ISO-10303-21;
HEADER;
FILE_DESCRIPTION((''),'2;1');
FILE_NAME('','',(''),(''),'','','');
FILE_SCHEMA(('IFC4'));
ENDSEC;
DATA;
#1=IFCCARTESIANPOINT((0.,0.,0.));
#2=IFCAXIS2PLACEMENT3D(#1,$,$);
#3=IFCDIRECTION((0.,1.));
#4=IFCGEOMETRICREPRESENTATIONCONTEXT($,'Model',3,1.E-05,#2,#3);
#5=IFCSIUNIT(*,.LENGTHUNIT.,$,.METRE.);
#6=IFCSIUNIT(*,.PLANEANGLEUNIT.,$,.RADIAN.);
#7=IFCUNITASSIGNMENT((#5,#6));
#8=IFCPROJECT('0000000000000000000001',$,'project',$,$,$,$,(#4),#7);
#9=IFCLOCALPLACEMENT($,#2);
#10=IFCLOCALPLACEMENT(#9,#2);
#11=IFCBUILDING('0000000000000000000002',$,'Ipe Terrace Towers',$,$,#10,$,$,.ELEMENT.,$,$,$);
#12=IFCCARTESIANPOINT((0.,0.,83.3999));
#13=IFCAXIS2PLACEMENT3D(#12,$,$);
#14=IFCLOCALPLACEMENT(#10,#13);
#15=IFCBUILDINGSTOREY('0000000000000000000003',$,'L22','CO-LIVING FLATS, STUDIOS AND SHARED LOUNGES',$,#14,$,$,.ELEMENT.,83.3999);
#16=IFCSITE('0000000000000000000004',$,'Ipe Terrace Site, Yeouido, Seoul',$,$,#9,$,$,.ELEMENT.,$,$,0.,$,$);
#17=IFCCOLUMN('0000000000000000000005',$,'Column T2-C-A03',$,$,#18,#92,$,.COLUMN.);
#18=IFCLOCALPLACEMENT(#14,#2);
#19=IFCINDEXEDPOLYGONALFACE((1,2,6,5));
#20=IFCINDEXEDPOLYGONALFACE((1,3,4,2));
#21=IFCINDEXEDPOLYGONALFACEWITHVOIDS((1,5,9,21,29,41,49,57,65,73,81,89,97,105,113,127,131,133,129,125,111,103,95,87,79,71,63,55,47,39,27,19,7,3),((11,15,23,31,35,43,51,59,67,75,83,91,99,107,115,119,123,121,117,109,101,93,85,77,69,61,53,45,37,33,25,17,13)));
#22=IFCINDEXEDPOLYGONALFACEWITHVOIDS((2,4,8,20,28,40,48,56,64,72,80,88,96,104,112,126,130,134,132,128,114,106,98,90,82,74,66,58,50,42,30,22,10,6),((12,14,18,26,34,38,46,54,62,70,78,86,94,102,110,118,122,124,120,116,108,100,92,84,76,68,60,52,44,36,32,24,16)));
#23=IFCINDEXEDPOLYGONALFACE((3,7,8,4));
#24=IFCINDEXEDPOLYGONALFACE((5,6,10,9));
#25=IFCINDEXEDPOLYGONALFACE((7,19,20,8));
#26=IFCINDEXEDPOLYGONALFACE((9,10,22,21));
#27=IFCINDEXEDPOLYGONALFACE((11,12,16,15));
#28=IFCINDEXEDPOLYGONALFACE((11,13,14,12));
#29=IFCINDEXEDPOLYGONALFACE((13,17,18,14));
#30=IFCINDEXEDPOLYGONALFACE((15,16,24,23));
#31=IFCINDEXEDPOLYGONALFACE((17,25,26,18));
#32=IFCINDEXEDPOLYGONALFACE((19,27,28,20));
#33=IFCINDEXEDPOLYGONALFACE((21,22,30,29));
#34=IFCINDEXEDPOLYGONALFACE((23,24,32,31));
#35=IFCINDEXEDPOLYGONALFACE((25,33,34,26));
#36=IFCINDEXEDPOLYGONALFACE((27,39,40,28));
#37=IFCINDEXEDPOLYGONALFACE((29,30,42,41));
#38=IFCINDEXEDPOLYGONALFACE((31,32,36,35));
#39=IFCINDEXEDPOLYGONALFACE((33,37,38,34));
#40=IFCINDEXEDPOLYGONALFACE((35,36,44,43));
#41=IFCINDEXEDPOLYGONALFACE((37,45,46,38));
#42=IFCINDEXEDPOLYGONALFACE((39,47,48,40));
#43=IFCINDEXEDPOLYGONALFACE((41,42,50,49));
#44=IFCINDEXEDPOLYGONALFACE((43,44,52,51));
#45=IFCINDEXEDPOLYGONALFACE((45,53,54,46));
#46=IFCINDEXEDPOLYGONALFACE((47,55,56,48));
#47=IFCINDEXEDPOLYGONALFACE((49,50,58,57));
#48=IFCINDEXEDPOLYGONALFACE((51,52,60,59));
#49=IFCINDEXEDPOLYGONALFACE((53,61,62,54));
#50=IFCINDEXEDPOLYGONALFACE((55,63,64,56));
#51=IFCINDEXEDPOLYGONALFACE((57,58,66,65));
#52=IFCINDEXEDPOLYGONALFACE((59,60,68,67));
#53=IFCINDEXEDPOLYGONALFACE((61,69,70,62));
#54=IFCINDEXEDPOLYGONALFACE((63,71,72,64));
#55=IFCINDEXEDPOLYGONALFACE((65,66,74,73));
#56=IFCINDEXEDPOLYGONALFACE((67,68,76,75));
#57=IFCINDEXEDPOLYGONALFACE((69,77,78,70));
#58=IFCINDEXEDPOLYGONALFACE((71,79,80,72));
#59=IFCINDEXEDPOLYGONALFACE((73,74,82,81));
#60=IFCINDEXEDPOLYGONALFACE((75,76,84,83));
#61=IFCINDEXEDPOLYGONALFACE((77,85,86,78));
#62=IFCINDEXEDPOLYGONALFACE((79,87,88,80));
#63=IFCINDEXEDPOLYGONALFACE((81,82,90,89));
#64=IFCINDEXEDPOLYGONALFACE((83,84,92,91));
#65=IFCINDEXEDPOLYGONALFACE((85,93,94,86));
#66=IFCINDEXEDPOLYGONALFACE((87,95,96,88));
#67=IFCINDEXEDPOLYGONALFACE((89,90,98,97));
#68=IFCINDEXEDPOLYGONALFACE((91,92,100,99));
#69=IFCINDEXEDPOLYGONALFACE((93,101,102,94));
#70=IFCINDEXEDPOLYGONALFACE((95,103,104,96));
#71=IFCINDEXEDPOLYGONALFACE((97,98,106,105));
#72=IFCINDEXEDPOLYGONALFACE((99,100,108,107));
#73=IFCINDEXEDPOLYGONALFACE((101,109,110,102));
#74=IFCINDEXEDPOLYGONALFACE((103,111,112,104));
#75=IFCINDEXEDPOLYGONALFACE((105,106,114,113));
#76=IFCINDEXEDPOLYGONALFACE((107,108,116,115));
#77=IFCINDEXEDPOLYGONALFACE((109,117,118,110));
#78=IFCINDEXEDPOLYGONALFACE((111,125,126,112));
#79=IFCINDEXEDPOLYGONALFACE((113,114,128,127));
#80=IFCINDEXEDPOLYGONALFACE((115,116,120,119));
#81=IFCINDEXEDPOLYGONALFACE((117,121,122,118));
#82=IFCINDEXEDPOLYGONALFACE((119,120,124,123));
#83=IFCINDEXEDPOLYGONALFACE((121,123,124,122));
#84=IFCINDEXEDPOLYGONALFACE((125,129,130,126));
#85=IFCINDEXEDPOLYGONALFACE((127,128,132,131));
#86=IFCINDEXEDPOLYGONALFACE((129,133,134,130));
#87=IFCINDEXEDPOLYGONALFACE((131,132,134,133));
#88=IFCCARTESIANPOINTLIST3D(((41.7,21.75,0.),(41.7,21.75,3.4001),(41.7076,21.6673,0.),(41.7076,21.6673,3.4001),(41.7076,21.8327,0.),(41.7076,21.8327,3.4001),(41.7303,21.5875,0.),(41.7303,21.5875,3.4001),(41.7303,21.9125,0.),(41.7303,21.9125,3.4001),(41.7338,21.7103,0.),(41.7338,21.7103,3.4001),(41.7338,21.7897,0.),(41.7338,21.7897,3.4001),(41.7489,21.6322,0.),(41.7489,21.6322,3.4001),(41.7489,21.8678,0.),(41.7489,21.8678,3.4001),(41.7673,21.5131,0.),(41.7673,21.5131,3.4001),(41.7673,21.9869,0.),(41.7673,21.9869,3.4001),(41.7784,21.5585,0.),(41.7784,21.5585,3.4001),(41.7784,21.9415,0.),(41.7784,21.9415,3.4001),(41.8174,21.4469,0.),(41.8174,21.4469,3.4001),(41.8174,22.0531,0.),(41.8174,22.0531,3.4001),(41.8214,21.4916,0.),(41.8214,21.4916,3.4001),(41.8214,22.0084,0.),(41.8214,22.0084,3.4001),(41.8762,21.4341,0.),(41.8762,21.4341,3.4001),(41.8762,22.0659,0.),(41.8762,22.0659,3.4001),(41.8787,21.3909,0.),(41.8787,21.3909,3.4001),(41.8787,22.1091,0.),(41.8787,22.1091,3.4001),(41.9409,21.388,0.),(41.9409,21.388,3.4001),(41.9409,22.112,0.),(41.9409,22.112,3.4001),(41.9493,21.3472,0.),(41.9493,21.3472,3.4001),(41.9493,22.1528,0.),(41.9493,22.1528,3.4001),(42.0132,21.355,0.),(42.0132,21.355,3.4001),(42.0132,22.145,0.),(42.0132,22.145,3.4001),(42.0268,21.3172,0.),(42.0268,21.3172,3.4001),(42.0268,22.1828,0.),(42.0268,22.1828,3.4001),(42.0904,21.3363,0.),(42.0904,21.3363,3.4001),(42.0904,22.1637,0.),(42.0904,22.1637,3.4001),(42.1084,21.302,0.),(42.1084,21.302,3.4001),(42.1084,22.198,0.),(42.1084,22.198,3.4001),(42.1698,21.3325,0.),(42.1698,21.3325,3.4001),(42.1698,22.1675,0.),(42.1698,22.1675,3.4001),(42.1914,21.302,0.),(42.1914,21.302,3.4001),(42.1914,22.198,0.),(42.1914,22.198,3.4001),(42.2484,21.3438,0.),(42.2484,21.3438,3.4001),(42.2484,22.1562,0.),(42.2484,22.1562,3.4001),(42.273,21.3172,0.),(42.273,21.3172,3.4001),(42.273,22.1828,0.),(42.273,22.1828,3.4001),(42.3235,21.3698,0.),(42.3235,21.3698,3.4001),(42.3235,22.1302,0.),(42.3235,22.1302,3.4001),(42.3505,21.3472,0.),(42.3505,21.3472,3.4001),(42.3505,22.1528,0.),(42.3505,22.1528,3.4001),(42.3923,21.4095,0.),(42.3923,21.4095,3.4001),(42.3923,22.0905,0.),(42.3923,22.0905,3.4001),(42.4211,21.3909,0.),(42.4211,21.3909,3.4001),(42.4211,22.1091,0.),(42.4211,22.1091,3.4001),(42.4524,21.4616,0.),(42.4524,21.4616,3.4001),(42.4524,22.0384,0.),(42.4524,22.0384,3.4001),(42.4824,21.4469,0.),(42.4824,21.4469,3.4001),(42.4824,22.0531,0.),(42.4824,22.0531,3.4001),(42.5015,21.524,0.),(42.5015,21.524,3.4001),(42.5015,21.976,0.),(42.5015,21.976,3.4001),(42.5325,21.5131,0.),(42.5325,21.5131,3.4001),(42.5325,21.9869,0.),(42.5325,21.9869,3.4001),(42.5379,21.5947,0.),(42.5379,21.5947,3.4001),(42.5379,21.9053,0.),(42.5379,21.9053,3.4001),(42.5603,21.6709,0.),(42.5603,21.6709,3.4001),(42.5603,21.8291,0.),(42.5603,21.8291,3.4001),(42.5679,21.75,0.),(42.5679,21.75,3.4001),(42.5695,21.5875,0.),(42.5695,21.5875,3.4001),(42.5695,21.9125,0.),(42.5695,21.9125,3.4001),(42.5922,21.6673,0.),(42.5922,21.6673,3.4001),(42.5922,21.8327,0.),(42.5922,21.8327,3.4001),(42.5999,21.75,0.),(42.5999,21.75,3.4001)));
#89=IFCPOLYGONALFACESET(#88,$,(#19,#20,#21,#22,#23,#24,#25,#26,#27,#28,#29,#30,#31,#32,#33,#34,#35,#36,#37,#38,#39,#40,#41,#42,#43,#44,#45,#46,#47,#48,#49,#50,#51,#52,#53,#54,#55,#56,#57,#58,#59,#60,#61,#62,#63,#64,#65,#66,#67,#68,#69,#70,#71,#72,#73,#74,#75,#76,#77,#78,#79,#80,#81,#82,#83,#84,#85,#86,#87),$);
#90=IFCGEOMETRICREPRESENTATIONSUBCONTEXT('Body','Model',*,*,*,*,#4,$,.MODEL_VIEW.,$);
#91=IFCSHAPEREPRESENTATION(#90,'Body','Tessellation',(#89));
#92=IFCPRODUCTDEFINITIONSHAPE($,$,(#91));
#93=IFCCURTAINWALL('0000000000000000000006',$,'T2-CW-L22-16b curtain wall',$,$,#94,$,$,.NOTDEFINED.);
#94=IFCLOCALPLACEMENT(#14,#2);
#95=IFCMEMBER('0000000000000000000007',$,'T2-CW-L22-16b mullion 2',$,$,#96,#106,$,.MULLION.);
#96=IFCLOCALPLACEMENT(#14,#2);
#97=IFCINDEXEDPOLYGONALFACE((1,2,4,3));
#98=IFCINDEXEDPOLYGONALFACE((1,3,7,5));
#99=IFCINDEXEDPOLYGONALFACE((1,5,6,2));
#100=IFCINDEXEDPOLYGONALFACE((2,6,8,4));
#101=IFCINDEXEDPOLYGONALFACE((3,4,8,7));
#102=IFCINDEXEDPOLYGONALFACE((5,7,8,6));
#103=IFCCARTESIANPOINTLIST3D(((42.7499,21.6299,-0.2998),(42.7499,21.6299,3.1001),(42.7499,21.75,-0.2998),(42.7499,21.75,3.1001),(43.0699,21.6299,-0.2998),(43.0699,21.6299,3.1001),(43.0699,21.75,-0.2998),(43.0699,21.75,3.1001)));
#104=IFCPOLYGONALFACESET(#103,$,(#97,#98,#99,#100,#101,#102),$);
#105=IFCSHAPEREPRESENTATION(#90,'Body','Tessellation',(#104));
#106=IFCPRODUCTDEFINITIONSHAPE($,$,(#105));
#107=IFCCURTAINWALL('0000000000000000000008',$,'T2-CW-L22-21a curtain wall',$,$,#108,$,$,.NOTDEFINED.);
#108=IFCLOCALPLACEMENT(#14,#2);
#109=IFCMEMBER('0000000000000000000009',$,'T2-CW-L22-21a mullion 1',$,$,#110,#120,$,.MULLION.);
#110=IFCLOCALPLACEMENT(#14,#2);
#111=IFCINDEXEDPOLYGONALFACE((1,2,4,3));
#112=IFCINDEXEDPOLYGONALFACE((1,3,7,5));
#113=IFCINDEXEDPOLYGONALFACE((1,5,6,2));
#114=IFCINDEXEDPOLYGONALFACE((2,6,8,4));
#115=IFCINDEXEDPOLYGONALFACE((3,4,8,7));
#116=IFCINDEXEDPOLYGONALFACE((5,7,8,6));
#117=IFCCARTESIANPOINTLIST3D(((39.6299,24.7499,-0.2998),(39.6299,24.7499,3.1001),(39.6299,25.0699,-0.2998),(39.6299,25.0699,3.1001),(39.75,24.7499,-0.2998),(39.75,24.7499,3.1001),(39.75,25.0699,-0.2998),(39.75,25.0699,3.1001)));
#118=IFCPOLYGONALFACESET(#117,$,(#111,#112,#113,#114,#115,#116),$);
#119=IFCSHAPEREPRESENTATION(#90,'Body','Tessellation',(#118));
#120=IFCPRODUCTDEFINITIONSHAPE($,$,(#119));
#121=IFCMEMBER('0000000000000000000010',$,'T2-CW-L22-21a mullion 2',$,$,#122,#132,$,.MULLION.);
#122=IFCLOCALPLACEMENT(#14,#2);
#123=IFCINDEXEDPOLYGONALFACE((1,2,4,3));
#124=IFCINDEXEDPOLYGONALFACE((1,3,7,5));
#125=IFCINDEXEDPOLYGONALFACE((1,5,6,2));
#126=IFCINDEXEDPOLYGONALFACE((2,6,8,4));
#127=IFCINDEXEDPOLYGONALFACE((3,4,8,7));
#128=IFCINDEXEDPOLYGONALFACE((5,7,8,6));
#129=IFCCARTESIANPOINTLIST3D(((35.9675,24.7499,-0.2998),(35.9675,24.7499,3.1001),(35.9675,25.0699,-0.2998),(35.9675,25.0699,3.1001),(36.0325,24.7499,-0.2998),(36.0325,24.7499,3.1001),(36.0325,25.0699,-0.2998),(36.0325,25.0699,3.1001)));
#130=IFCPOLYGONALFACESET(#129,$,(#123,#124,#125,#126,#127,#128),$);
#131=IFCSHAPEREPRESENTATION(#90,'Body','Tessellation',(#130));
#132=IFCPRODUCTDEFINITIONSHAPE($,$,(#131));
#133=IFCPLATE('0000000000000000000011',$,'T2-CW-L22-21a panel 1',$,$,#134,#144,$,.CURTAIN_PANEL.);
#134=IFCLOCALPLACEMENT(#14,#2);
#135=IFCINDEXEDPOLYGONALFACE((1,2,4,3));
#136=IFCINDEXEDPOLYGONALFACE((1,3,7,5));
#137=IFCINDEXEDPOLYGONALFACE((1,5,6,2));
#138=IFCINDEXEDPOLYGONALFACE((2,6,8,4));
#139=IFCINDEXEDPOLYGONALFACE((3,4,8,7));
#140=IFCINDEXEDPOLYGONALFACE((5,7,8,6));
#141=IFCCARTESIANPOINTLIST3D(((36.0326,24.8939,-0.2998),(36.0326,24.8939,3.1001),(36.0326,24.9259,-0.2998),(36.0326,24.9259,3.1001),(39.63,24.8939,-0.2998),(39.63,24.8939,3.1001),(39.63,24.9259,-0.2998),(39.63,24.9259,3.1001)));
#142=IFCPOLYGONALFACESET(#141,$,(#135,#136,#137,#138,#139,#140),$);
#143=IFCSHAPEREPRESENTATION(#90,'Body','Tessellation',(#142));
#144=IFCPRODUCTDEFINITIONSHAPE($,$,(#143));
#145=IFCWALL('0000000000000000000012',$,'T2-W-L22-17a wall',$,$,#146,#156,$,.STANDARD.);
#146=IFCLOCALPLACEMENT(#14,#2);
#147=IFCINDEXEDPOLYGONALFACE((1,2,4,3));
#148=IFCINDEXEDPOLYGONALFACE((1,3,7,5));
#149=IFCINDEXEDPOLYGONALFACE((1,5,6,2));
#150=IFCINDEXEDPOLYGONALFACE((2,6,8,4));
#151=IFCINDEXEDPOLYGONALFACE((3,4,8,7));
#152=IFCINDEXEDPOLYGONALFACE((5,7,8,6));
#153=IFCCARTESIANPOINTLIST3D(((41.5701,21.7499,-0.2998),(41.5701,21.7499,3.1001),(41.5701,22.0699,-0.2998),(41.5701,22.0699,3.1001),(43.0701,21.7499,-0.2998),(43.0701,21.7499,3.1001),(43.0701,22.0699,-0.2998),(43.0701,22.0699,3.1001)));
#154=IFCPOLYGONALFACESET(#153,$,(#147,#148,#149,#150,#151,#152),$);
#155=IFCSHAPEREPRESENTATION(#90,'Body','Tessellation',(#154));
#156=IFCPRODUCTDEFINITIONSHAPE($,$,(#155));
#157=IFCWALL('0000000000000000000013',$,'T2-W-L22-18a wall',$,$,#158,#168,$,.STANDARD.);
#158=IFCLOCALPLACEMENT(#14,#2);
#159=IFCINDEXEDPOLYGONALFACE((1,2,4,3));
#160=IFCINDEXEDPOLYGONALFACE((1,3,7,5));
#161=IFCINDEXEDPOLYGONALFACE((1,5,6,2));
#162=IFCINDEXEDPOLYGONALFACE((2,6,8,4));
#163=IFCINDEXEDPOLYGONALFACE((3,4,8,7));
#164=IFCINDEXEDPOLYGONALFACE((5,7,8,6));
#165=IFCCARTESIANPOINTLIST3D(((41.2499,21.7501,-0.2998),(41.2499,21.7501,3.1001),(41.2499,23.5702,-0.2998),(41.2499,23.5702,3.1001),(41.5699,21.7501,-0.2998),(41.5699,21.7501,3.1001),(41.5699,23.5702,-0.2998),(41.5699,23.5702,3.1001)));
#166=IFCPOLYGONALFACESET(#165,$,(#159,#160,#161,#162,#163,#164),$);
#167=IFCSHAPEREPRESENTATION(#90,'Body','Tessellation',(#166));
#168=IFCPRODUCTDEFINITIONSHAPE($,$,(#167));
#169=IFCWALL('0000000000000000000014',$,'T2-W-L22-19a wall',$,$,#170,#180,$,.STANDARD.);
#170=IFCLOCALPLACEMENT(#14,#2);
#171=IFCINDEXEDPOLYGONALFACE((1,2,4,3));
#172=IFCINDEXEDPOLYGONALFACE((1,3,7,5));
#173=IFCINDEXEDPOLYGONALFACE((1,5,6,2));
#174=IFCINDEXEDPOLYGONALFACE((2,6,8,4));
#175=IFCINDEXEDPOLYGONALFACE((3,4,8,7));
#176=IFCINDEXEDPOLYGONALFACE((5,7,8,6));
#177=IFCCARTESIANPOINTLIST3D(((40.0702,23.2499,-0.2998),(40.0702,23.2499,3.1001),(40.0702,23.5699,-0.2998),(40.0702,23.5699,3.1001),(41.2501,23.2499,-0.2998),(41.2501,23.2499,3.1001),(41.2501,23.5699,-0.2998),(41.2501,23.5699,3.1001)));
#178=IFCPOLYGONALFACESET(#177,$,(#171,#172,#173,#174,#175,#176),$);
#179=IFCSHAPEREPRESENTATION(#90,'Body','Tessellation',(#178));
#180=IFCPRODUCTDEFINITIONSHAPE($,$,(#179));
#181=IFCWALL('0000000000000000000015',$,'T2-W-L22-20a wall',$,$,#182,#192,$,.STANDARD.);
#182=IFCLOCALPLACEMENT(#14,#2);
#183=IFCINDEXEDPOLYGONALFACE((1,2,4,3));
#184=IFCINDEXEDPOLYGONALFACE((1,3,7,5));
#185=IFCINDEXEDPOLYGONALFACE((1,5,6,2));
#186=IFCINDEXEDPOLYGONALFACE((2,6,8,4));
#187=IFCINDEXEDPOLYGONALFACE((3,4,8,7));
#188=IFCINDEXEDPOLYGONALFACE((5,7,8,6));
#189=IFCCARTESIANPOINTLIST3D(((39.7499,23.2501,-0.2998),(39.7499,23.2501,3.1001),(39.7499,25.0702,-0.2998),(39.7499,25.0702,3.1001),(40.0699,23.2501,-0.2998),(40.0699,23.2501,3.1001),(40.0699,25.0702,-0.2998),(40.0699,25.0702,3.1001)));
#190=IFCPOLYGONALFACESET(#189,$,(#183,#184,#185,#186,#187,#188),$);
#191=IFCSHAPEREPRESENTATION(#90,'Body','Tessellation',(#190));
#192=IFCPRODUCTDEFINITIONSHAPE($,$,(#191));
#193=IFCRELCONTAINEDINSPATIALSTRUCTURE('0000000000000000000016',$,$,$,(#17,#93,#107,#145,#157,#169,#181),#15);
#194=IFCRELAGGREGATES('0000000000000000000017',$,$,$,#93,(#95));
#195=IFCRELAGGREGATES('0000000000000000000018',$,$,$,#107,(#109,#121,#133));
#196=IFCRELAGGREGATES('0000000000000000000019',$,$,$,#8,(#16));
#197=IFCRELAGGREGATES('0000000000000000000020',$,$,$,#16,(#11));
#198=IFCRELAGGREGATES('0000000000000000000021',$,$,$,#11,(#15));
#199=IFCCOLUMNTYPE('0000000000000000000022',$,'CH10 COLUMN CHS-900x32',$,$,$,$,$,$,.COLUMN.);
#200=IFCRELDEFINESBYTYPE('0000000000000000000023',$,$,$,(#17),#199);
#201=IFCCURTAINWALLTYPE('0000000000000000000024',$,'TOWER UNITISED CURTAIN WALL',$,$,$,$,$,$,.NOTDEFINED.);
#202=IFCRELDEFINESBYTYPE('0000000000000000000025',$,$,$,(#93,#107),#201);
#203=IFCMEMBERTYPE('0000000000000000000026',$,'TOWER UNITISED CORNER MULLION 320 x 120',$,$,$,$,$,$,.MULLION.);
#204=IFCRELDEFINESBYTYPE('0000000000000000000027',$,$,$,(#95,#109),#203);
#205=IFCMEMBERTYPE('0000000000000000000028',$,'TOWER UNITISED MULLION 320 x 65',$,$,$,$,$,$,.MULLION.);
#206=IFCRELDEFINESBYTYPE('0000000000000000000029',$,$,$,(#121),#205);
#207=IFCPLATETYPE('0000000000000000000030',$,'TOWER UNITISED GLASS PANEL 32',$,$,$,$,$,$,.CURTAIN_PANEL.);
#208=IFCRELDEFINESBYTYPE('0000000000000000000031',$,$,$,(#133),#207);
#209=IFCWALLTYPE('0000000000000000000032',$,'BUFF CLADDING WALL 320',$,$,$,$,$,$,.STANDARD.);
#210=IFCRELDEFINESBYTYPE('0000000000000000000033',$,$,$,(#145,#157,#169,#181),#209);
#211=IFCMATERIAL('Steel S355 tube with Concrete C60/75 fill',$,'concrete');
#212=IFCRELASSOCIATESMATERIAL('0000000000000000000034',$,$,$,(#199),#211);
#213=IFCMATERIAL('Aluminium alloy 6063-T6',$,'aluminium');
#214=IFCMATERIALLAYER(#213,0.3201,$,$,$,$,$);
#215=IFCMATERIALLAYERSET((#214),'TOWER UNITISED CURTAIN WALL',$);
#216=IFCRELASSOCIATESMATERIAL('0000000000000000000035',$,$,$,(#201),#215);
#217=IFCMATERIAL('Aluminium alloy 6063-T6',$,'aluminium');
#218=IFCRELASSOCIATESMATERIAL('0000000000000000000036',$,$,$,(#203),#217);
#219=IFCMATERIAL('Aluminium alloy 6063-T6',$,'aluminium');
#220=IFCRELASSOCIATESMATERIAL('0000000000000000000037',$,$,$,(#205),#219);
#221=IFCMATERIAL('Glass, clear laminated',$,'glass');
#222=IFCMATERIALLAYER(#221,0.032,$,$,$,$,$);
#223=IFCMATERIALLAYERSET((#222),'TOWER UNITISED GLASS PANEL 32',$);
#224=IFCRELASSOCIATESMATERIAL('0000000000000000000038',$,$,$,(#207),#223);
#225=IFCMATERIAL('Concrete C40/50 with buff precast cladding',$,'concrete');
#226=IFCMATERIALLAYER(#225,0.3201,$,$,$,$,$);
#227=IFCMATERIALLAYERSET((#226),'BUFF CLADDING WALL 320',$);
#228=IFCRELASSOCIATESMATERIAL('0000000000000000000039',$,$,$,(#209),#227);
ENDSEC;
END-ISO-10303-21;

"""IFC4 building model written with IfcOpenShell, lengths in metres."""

from ifc_helpers import new_model, si_unit, direction, frame, frame_2d, origin, origin_2d, place, context, subcontext, project, spatial, rectangle, hollow_circle, extrude, material, layer, layer_set, material_profile, profile_set, type_object, element, aggregate, save


model = new_model("IFC4")

# Units and contexts
model_context = context("Model", 3, precision=1e-05, world=origin(), true_north=direction((0.0, 1.0)))
body_context = subcontext(model_context, "Body", "Model", "MODEL_VIEW")
ifc_project = project(units=[si_unit("LENGTHUNIT", "METRE"), si_unit("PLANEANGLEUNIT", "RADIAN")], contexts=[model_context])

# Site, building, storey
site_placement = place(None, origin())
site = spatial("IfcSite", under=ifc_project, at=site_placement, Name="Ipe Terrace Site, Yeouido, Seoul", CompositionType="ELEMENT", RefElevation=0.0)
building_placement = place(site_placement, origin())
building = spatial("IfcBuilding", under=site, at=building_placement, Name="Ipe Terrace Towers", CompositionType="ELEMENT")
storey_placement = place(building_placement, frame((0.0, 0.0, 83.3999)))
storey = spatial("IfcBuildingStorey", under=building, at=storey_placement, Name="L22", Description="CO-LIVING FLATS, STUDIOS AND SHARED LOUNGES", CompositionType="ELEMENT", Elevation=83.3999)

# Column
ifc_material_1 = material(Name="Steel S355 tube with Concrete C60/75 fill", Category="concrete")
ifc_material_profile_1 = material_profile(ifc_material_1, hollow_circle(Radius=0.45, WallThickness=0.032, at=origin_2d()), Name="CHS-900x32")
ifc_profile_set_1 = profile_set([ifc_material_profile_1], Name="Steel S355 tube with Concrete C60/75 fill")
column_type = type_object("IfcColumnType", Name="CH10 COLUMN CHS-900x32", PredefinedType="COLUMN", material=ifc_profile_set_1)
column_placement = place(storey_placement, frame((42.1499, 21.75, 0.0), z_axis=(0.0, 0.0, 1.0), x_axis=(1.0, 0.0, 0.0)))
element("IfcColumn", 1, at=column_placement, inside=storey, type_object=column_type, Name="Column T2-C-A03", PredefinedType="COLUMN", context=body_context, shape_type="SweptSolid", body=[
    extrude(hollow_circle(Radius=0.45, WallThickness=0.032, at=origin_2d()), origin(), (0.0, 0.0, 1.0), 3.4001),
])

# Curtain wall, member
ifc_material_2 = material(Name="Aluminium alloy 6063-T6", Category="aluminium")
ifc_layer_1 = layer(ifc_material_2, 0.3201)
ifc_layer_set_1 = layer_set([ifc_layer_1], Name="TOWER UNITISED CURTAIN WALL")
curtain_wall_type = type_object("IfcCurtainWallType", Name="TOWER UNITISED CURTAIN WALL", PredefinedType="NOTDEFINED", material=ifc_layer_set_1)
curtain_wall_1_placement = place(storey_placement, origin())
curtain_wall_1 = element("IfcCurtainWall", 2, at=curtain_wall_1_placement, inside=storey, type_object=curtain_wall_type, Name="T2-CW-L22-16b curtain wall", PredefinedType="NOTDEFINED")
ifc_material_3 = material(Name="Aluminium alloy 6063-T6", Category="aluminium")
ifc_material_profile_2 = material_profile(ifc_material_3, rectangle(XDim=0.3201, YDim=0.1201, at=origin_2d()), Name="TOWER UNITISED CORNER MULLION 320 x 120")
ifc_profile_set_2 = profile_set([ifc_material_profile_2], Name="Aluminium alloy 6063-T6")
member_type_1 = type_object("IfcMemberType", Name="TOWER UNITISED CORNER MULLION 320 x 120", PredefinedType="MULLION", material=ifc_profile_set_2)
member_1_placement = place(storey_placement, frame((42.9099, 21.6899, -0.2998), z_axis=(0.0, 0.0, 1.0), x_axis=(1.0, 0.0, 0.0)))
member_1 = element("IfcMember", 3, at=member_1_placement, type_object=member_type_1, Name="T2-CW-L22-16b mullion 2", PredefinedType="MULLION", context=body_context, shape_type="SweptSolid", body=[
    extrude(rectangle(XDim=0.3201, YDim=0.1201, at=origin_2d()), origin(), (0.0, 0.0, 1.0), 3.3999),
])
aggregate(curtain_wall_1, [member_1])

# Curtain wall, members, plate
curtain_wall_2_placement = place(storey_placement, origin())
curtain_wall_2 = element("IfcCurtainWall", 4, at=curtain_wall_2_placement, inside=storey, type_object=curtain_wall_type, Name="T2-CW-L22-21a curtain wall", PredefinedType="NOTDEFINED")
member_2_placement = place(storey_placement, frame((39.6899, 24.9099, -0.2998), z_axis=(0.0, 0.0, 1.0), x_axis=(0.0, 1.0, 0.0)))
member_2 = element("IfcMember", 5, at=member_2_placement, type_object=member_type_1, Name="T2-CW-L22-21a mullion 1", PredefinedType="MULLION", context=body_context, shape_type="SweptSolid", body=[
    extrude(rectangle(XDim=0.3201, YDim=0.1201, at=origin_2d()), origin(), (0.0, 0.0, 1.0), 3.3999),
])
ifc_material_4 = material(Name="Aluminium alloy 6063-T6", Category="aluminium")
ifc_material_profile_3 = material_profile(ifc_material_4, rectangle(XDim=0.3201, YDim=0.0649, at=origin_2d()), Name="TOWER UNITISED MULLION 320 x 65")
ifc_profile_set_3 = profile_set([ifc_material_profile_3], Name="Aluminium alloy 6063-T6")
member_type_2 = type_object("IfcMemberType", Name="TOWER UNITISED MULLION 320 x 65", PredefinedType="MULLION", material=ifc_profile_set_3)
member_3_placement = place(storey_placement, frame((36.0, 24.9099, -0.2998), z_axis=(0.0, 0.0, 1.0), x_axis=(0.0, 1.0, 0.0)))
member_3 = element("IfcMember", 6, at=member_3_placement, type_object=member_type_2, Name="T2-CW-L22-21a mullion 2", PredefinedType="MULLION", context=body_context, shape_type="SweptSolid", body=[
    extrude(rectangle(XDim=0.3201, YDim=0.0649, at=origin_2d()), origin(), (0.0, 0.0, 1.0), 3.3999),
])
ifc_material_5 = material(Name="Glass, clear laminated", Category="glass")
ifc_layer_2 = layer(ifc_material_5, 0.032)
ifc_layer_set_2 = layer_set([ifc_layer_2], Name="TOWER UNITISED GLASS PANEL 32")
plate_type = type_object("IfcPlateType", Name="TOWER UNITISED GLASS PANEL 32", PredefinedType="CURTAIN_PANEL", material=ifc_layer_set_2)
plate_placement = place(storey_placement, frame((37.8313, 24.9099, -0.2998), z_axis=(0.0, 0.0, 1.0), x_axis=(-1.0, 0.0, 0.0)))
plate = element("IfcPlate", 7, at=plate_placement, type_object=plate_type, Name="T2-CW-L22-21a panel 1", PredefinedType="CURTAIN_PANEL", context=body_context, shape_type="SweptSolid", body=[
    extrude(rectangle(XDim=3.5974, YDim=0.032, at=origin_2d()), origin(), (0.0, 0.0, 1.0), 3.3999),
])
aggregate(curtain_wall_2, [member_2, member_3, plate])

# Walls
ifc_material_6 = material(Name="Concrete C40/50 with buff precast cladding", Category="concrete")
ifc_layer_3 = layer(ifc_material_6, 0.3201)
ifc_layer_set_3 = layer_set([ifc_layer_3], Name="BUFF CLADDING WALL 320")
wall_type_1 = type_object("IfcWallType", Name="BUFF CLADDING WALL 320", PredefinedType="STANDARD", material=ifc_layer_set_3)
wall_1_placement = place(storey_placement, frame((43.0701, 21.9099, -0.2998), z_axis=(0.0, 0.0, 1.0), x_axis=(-1.0, 0.0, 0.0)))
element("IfcWall", 8, at=wall_1_placement, inside=storey, type_object=wall_type_1, Name="T2-W-L22-17a wall", PredefinedType="STANDARD", context=body_context, shape_type="SweptSolid", body=[
    extrude(rectangle(XDim=1.5, YDim=0.3201, at=frame_2d((0.75, 0.0))), origin(), (0.0, 0.0, 1.0), 3.3999),
])
wall_2_placement = place(storey_placement, frame((41.4099, 21.75, -0.2998), z_axis=(0.0, 0.0, 1.0), x_axis=(0.0, 1.0, 0.0)))
element("IfcWall", 9, at=wall_2_placement, inside=storey, type_object=wall_type_1, Name="T2-W-L22-18a wall", PredefinedType="STANDARD", context=body_context, shape_type="SweptSolid", body=[
    extrude(rectangle(XDim=1.8201, YDim=0.3201, at=frame_2d((0.9102, 0.0))), origin(), (0.0, 0.0, 1.0), 3.3999),
])
wall_3_placement = place(storey_placement, frame((41.25, 23.4099, -0.2998), z_axis=(0.0, 0.0, 1.0), x_axis=(-1.0, 0.0, 0.0)))
element("IfcWall", 10, at=wall_3_placement, inside=storey, type_object=wall_type_1, Name="T2-W-L22-19a wall", PredefinedType="STANDARD", context=body_context, shape_type="SweptSolid", body=[
    extrude(rectangle(XDim=1.1799, YDim=0.3201, at=frame_2d((0.5898, 0.0))), origin(), (0.0, 0.0, 1.0), 3.3999),
])
wall_4_placement = place(storey_placement, frame((39.9099, 23.25, -0.2998), z_axis=(0.0, 0.0, 1.0), x_axis=(0.0, 1.0, 0.0)))
element("IfcWall", 11, at=wall_4_placement, inside=storey, type_object=wall_type_1, Name="T2-W-L22-20a wall", PredefinedType="STANDARD", context=body_context, shape_type="SweptSolid", body=[
    extrude(rectangle(XDim=1.8201, YDim=0.3201, at=frame_2d((0.9102, 0.0))), origin(), (0.0, 0.0, 1.0), 3.3999),
])

save(model, "model.ifc")
